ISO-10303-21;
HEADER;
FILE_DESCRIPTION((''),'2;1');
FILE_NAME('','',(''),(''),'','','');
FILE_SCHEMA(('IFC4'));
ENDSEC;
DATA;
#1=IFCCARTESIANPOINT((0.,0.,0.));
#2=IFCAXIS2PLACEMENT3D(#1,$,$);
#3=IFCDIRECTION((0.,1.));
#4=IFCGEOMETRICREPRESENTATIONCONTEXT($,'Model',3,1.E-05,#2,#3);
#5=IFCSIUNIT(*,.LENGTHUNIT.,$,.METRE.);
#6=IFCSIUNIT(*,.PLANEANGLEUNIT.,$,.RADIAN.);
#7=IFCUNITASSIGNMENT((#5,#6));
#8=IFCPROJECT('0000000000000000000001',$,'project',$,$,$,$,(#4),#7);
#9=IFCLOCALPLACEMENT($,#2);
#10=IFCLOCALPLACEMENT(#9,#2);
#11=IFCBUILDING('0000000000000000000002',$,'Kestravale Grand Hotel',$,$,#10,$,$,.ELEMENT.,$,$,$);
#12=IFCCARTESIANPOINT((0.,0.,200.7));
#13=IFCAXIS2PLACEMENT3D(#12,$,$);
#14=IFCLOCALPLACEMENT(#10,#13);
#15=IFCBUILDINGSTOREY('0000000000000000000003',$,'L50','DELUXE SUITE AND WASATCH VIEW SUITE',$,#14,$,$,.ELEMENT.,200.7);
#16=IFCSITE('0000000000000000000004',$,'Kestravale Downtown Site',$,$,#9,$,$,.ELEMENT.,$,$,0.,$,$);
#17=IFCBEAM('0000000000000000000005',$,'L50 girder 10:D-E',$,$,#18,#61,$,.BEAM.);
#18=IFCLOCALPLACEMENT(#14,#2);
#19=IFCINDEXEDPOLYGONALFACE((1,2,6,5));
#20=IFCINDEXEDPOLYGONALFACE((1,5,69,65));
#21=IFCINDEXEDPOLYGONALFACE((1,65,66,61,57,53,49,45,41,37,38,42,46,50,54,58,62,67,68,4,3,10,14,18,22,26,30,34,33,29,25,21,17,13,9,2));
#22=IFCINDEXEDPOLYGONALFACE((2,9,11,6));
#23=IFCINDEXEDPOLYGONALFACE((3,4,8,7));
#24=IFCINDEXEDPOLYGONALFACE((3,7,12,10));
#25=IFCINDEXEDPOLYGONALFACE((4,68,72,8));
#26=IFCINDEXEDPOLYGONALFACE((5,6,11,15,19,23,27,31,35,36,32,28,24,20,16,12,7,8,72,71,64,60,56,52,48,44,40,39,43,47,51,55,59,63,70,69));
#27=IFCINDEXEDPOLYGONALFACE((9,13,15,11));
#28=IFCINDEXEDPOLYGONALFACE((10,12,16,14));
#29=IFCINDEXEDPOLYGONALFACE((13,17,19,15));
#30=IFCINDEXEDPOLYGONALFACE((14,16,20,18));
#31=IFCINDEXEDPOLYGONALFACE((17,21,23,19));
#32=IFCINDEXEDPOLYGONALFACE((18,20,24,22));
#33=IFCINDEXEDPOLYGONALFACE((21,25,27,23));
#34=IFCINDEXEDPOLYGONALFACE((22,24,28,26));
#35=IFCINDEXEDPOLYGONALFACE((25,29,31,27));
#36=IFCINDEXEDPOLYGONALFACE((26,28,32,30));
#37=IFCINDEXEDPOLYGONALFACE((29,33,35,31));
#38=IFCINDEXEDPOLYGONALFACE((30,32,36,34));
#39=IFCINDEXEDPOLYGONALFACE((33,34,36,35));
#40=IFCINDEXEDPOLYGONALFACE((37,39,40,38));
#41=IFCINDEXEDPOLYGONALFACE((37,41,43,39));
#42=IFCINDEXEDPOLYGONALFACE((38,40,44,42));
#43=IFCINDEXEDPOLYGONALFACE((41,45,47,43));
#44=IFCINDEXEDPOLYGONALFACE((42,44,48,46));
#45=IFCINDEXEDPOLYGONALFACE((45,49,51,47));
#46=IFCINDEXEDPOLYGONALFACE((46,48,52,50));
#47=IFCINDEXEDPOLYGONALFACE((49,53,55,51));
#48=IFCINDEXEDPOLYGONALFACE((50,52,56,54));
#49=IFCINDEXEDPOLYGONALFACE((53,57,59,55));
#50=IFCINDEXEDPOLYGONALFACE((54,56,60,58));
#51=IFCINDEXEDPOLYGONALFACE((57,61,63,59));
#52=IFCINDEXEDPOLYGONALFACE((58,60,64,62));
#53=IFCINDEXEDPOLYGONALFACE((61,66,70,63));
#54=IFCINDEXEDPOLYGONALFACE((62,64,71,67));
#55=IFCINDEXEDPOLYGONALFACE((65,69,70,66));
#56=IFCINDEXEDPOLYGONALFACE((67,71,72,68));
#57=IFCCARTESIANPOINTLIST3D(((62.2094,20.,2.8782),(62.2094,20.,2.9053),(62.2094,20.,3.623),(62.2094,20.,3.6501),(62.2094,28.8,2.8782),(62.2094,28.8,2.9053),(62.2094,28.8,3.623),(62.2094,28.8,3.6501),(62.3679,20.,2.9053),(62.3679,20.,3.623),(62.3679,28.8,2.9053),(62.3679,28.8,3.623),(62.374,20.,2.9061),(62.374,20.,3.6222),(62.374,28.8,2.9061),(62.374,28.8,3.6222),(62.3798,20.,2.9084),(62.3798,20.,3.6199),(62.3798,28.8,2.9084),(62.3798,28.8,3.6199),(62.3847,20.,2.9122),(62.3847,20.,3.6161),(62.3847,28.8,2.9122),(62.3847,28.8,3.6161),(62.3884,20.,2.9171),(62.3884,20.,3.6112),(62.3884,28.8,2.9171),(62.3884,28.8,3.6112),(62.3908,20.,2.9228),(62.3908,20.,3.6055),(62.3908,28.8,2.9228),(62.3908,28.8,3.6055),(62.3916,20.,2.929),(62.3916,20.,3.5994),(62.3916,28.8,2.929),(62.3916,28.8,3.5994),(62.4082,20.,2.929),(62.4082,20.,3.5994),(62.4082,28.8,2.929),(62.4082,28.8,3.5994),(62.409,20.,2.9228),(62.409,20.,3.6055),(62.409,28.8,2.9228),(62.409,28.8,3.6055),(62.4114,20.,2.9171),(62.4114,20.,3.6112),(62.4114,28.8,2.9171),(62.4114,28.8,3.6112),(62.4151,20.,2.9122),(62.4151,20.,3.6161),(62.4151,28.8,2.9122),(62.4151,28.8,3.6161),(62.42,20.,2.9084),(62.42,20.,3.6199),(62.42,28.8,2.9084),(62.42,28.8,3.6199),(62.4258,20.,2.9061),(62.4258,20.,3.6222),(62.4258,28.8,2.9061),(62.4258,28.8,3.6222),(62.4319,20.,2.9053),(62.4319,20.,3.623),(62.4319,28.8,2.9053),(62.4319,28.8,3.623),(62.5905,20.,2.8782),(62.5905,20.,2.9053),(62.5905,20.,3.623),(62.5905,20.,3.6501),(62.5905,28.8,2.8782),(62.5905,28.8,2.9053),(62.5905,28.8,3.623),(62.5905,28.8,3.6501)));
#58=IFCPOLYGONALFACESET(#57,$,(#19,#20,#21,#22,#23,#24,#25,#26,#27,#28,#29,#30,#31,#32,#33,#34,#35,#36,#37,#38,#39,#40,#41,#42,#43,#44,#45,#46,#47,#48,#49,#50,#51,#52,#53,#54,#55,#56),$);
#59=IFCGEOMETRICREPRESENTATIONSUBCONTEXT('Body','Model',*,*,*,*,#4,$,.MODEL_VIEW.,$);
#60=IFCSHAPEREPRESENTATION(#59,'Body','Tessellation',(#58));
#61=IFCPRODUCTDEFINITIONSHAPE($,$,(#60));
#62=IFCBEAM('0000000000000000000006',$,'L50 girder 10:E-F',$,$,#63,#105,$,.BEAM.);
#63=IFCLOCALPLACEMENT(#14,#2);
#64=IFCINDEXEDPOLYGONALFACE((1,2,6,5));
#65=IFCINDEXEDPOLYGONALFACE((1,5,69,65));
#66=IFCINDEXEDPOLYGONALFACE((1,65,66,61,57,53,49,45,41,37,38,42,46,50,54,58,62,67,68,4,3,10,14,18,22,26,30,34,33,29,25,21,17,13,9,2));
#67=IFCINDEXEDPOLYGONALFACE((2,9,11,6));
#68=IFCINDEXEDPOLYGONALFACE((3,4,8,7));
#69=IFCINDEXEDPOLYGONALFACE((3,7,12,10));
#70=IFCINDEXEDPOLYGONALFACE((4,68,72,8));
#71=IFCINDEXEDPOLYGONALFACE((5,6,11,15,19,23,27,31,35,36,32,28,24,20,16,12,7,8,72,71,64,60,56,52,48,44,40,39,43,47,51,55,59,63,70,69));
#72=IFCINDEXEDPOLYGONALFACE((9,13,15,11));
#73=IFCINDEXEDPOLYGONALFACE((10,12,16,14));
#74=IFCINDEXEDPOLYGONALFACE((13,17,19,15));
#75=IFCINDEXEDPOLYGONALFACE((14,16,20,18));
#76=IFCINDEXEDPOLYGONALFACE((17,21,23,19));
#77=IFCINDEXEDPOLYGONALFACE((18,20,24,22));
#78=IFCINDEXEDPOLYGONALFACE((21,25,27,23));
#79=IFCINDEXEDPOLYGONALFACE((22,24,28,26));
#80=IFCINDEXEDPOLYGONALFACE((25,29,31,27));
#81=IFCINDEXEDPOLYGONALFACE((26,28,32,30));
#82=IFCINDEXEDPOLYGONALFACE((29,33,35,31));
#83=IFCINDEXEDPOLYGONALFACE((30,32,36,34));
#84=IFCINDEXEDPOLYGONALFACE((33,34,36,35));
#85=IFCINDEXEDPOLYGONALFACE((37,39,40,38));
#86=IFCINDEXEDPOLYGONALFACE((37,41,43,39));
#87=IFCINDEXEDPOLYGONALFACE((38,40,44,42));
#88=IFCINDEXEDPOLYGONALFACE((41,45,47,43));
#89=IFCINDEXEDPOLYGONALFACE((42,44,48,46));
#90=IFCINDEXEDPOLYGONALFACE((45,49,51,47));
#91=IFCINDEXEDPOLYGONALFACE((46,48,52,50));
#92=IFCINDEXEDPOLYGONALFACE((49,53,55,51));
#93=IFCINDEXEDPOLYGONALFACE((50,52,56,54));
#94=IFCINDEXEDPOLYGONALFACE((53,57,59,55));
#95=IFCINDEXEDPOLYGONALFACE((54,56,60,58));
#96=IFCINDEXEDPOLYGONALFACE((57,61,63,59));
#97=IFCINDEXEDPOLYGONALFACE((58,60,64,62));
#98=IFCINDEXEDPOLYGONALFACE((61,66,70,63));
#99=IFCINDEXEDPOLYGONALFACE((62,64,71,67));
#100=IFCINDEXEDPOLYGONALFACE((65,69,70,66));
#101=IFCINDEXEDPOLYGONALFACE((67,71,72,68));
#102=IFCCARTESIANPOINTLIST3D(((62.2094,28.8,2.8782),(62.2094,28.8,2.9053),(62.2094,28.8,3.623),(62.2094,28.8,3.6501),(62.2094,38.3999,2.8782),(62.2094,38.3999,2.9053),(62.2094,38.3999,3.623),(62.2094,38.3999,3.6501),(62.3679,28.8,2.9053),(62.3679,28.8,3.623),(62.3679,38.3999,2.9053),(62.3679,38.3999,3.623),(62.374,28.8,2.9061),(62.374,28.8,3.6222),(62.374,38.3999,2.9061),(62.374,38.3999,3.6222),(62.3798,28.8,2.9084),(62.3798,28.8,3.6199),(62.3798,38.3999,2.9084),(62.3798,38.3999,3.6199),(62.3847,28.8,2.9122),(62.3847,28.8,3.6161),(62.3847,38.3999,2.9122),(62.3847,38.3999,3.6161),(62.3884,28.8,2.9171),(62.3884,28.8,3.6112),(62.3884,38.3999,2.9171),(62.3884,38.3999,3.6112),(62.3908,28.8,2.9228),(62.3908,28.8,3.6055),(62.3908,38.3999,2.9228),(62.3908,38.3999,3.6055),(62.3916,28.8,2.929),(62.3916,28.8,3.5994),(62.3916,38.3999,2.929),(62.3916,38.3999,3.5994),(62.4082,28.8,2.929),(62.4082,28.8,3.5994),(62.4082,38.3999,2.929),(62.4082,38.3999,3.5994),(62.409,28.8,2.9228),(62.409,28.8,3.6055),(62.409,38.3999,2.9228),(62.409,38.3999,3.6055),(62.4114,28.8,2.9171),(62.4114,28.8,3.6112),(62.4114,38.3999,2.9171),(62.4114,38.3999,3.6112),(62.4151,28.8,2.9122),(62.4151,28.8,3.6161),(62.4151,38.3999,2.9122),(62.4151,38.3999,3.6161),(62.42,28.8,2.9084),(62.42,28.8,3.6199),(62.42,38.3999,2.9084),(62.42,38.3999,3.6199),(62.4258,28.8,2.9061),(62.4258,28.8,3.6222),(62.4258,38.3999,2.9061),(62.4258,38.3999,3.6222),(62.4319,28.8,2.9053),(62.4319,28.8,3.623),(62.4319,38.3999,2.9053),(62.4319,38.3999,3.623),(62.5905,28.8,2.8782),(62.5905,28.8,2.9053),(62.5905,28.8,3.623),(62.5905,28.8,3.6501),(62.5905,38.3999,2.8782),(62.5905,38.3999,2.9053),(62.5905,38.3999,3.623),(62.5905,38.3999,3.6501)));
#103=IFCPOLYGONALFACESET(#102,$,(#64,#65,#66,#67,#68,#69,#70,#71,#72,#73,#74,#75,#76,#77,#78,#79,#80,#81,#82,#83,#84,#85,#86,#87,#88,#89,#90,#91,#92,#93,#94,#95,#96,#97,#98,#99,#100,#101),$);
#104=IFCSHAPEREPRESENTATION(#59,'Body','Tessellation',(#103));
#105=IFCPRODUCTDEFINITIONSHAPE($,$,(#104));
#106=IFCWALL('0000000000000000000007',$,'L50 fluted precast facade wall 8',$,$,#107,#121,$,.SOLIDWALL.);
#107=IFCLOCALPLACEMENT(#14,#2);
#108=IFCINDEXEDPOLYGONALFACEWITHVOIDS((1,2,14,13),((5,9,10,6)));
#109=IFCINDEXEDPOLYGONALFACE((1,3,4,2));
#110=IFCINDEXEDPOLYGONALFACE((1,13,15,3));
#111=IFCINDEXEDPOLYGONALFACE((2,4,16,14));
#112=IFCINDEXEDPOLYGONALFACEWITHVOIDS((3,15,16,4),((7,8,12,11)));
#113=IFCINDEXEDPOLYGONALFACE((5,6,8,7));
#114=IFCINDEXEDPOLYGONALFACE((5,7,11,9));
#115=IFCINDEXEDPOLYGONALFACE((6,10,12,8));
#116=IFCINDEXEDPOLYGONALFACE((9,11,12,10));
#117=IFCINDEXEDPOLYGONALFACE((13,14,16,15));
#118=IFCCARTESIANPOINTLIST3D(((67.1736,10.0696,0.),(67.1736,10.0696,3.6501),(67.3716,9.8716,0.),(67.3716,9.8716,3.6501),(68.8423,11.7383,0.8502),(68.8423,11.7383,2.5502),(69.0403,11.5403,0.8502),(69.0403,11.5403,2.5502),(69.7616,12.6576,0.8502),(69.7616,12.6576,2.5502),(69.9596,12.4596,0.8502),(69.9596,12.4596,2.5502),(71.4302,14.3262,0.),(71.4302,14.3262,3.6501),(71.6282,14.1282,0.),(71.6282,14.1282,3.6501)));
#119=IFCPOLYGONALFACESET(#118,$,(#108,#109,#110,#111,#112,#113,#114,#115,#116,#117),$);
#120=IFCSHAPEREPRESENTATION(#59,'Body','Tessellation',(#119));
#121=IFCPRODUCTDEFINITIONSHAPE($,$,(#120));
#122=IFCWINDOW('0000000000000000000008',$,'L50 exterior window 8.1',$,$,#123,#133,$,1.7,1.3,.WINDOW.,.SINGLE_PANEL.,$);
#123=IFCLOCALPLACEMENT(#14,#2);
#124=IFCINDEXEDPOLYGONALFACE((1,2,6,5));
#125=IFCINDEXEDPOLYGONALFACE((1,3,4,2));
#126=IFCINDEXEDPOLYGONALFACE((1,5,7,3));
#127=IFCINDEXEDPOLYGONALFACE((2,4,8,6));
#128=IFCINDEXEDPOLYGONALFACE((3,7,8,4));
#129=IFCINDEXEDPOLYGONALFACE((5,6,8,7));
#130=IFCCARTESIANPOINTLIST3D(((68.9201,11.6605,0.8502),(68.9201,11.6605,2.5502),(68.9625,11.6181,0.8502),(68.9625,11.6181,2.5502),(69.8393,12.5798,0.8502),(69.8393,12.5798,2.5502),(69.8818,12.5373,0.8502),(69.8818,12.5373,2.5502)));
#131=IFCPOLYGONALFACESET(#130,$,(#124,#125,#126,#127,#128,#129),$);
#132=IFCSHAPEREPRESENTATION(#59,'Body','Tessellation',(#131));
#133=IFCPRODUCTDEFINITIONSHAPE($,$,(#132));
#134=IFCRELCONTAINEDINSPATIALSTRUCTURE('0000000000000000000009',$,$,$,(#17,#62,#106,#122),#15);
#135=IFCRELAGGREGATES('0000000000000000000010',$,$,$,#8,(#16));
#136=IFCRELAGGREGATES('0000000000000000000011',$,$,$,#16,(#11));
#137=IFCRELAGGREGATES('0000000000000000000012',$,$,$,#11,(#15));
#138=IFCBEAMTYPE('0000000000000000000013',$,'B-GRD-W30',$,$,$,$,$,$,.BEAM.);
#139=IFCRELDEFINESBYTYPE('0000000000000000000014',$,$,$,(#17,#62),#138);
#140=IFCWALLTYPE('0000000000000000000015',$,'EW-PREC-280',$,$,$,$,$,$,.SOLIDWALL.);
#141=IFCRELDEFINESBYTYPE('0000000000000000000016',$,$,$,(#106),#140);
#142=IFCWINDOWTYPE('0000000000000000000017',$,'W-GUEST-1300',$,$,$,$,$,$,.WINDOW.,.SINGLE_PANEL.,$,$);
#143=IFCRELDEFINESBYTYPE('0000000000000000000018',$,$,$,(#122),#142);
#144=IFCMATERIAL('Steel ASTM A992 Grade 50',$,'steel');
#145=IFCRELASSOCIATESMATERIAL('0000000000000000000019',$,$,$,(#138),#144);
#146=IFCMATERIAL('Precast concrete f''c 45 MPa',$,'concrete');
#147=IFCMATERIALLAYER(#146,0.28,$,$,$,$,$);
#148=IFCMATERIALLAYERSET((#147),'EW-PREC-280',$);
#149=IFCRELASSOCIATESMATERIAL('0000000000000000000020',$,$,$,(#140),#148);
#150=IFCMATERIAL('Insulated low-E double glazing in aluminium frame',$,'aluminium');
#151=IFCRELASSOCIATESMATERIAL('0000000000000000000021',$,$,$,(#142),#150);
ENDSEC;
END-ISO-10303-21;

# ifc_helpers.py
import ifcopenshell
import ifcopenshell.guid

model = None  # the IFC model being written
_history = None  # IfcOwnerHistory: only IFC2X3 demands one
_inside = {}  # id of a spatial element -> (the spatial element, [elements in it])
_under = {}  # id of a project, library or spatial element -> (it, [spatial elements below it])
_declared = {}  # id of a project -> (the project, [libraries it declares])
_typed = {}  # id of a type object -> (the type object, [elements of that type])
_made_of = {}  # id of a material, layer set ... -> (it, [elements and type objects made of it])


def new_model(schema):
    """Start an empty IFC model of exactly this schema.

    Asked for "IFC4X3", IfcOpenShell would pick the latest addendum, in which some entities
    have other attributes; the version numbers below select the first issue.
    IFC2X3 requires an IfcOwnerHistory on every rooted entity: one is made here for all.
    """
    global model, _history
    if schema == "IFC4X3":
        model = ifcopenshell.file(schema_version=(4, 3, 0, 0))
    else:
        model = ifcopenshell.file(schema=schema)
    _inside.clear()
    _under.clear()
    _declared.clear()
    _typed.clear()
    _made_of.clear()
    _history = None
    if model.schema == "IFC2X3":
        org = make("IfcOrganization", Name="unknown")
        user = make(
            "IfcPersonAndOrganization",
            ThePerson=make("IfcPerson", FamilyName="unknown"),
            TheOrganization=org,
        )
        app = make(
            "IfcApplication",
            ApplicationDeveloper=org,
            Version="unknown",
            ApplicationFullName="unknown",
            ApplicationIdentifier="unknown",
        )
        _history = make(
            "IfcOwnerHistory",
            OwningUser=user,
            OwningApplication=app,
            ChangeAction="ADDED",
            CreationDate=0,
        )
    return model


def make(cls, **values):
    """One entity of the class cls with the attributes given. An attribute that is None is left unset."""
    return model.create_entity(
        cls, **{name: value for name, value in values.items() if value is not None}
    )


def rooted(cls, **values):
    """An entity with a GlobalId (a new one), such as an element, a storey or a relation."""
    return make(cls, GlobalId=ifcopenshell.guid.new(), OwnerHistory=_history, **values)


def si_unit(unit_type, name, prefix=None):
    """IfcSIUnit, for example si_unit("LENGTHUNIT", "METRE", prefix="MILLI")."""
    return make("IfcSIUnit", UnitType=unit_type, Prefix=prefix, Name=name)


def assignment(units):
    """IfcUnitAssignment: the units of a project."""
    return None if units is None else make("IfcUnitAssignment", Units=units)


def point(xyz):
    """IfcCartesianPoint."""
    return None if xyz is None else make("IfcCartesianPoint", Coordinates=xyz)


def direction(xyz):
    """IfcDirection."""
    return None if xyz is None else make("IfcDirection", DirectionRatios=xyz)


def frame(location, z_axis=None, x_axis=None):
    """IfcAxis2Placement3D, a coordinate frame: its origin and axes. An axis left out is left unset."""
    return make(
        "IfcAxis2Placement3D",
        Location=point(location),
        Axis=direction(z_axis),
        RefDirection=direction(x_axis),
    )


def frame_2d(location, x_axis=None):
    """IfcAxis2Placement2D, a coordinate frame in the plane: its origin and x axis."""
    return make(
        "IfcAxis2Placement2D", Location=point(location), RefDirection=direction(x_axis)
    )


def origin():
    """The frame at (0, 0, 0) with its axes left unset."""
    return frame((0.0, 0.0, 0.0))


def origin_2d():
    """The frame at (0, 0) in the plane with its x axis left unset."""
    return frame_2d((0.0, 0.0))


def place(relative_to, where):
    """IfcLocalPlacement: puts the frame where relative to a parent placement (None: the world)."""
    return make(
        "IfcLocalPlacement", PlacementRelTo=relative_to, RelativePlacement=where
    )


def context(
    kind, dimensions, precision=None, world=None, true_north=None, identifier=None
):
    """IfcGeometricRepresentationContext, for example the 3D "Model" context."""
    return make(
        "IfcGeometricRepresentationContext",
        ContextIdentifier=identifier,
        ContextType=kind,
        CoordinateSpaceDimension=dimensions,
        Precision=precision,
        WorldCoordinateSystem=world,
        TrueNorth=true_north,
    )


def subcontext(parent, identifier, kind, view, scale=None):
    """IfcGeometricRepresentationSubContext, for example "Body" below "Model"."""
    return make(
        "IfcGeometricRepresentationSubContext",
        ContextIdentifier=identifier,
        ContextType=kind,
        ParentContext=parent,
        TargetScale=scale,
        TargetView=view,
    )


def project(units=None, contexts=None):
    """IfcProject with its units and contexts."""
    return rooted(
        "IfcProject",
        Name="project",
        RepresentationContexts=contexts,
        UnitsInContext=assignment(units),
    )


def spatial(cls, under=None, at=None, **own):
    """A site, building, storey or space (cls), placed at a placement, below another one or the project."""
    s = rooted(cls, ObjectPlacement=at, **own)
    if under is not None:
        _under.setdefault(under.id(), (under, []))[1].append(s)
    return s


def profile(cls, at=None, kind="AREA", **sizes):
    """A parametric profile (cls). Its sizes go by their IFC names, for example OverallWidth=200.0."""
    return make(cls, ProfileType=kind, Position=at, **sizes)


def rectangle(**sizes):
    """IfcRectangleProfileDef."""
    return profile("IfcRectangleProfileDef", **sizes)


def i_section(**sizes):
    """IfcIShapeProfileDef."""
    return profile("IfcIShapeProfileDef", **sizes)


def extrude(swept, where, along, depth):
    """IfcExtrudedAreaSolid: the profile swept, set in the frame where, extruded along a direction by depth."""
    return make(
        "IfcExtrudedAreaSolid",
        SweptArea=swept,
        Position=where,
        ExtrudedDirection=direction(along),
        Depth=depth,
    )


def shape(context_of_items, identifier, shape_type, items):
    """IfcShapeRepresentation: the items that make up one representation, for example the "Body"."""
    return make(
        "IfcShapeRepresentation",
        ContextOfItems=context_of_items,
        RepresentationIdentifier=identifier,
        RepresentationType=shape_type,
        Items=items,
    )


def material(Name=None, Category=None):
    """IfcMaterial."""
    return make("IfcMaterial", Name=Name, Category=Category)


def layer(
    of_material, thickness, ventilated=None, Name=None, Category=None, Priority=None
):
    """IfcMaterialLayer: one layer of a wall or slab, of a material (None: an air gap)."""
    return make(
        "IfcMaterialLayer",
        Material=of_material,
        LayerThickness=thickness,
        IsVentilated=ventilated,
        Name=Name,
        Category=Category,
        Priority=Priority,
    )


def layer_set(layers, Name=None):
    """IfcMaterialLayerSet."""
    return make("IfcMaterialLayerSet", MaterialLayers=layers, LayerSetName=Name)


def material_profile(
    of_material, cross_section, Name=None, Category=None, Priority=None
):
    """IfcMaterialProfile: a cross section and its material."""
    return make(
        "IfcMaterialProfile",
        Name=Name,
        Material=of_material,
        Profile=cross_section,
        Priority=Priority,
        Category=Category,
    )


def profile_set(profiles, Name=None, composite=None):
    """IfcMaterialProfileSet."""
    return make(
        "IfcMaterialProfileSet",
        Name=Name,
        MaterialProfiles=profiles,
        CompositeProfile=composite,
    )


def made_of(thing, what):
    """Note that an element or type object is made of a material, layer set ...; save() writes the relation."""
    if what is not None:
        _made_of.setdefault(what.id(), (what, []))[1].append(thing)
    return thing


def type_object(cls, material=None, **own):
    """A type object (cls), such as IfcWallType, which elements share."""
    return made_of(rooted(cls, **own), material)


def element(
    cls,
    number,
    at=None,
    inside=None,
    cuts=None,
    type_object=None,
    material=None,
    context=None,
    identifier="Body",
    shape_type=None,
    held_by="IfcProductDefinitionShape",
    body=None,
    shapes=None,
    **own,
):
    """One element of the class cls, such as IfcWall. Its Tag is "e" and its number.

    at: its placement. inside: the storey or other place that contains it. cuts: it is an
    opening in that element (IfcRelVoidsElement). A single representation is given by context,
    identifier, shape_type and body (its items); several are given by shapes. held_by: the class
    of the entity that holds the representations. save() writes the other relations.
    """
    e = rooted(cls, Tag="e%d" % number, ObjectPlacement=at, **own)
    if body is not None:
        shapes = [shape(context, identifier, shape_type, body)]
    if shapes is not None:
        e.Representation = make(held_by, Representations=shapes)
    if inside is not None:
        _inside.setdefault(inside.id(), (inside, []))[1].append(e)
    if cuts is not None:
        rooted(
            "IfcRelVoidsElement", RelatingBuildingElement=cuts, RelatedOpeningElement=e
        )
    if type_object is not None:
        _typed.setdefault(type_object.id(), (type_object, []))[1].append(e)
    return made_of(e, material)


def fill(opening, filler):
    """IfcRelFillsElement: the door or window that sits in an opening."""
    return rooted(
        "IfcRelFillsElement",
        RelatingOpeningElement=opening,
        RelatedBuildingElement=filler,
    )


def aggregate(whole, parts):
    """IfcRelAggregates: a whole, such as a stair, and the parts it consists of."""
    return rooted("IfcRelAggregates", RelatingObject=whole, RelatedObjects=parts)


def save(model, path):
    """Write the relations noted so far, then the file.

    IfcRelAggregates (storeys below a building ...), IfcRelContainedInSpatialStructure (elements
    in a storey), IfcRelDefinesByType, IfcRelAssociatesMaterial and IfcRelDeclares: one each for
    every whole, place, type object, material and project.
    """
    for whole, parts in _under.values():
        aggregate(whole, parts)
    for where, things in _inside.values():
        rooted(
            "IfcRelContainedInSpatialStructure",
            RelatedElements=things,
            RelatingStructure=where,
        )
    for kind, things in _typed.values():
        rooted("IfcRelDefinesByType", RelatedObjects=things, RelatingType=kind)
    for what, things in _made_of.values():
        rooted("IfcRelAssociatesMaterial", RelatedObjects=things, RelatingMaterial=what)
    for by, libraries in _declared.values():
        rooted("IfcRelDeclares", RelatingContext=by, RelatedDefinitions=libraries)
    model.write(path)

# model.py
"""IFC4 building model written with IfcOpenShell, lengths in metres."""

from ifc_helpers import new_model, si_unit, direction, frame, frame_2d, origin, origin_2d, place, context, subcontext, project, spatial, rectangle, i_section, extrude, material, layer, layer_set, material_profile, profile_set, type_object, element, fill, save


model = new_model("IFC4")

# Units and contexts
model_context = context("Model", 3, precision=1e-05, world=origin(), true_north=direction((0.0, 1.0)))
body_context = subcontext(model_context, "Body", "Model", "MODEL_VIEW")
ifc_project = project(units=[si_unit("LENGTHUNIT", "METRE"), si_unit("PLANEANGLEUNIT", "RADIAN")], contexts=[model_context])

# Site, building, storey
site_placement = place(None, origin())
site = spatial("IfcSite", under=ifc_project, at=site_placement, Name="Kestravale Downtown Site", CompositionType="ELEMENT", RefElevation=0.0)
building_placement = place(site_placement, origin())
building = spatial("IfcBuilding", under=site, at=building_placement, Name="Kestravale Grand Hotel", CompositionType="ELEMENT")
storey_placement = place(building_placement, frame((0.0, 0.0, 200.7)))
storey = spatial("IfcBuildingStorey", under=building, at=storey_placement, Name="L50", Description="DELUXE SUITE AND WASATCH VIEW SUITE", CompositionType="ELEMENT", Elevation=200.7)

# Beams
ifc_material_1 = material(Name="Steel ASTM A992 Grade 50", Category="steel")
ifc_material_profile_1 = material_profile(ifc_material_1, i_section(OverallWidth=0.3811, OverallDepth=0.772, WebThickness=0.0166, FlangeThickness=0.0271, FilletRadius=0.0237, at=origin_2d()))
ifc_profile_set_1 = profile_set([ifc_material_profile_1], Name="Steel ASTM A992 Grade 50")
beam_type_1 = type_object("IfcBeamType", Name="B-GRD-W30", PredefinedType="BEAM", material=ifc_profile_set_1)
beam_1_placement = place(storey_placement, frame((62.3999, 20.0, 3.2642), z_axis=(0.0, 1.0, 0.0), x_axis=(-1.0, 0.0, 0.0)))
element("IfcBeam", 1, at=beam_1_placement, inside=storey, type_object=beam_type_1, Name="L50 girder 10:D-E", PredefinedType="BEAM", context=body_context, shape_type="SweptSolid", body=[
    extrude(i_section(OverallWidth=0.3811, OverallDepth=0.772, WebThickness=0.0166, FlangeThickness=0.0271, FilletRadius=0.0237, at=origin_2d()), origin(), (0.0, 0.0, 1.0), 8.8),
])
beam_2_placement = place(storey_placement, frame((62.3999, 28.8, 3.2642), z_axis=(0.0, 1.0, 0.0), x_axis=(-1.0, 0.0, 0.0)))
element("IfcBeam", 2, at=beam_2_placement, inside=storey, type_object=beam_type_1, Name="L50 girder 10:E-F", PredefinedType="BEAM", context=body_context, shape_type="SweptSolid", body=[
    extrude(i_section(OverallWidth=0.3811, OverallDepth=0.772, WebThickness=0.0166, FlangeThickness=0.0271, FilletRadius=0.0237, at=origin_2d()), origin(), (0.0, 0.0, 1.0), 9.5999),
])

# Wall, opening, window
ifc_material_2 = material(Name="Precast concrete f'c 45 MPa", Category="concrete")
ifc_layer_1 = layer(ifc_material_2, 0.28)
ifc_layer_set_1 = layer_set([ifc_layer_1], Name="EW-PREC-280")
wall_type_1 = type_object("IfcWallType", Name="EW-PREC-280", PredefinedType="SOLIDWALL", material=ifc_layer_set_1)
wall_1_placement = place(storey_placement, frame((67.2727, 9.9707, 0.0), z_axis=(0.0, 0.0, 1.0), x_axis=(0.707107, 0.707107, 0.0)))
wall_1 = element("IfcWall", 3, at=wall_1_placement, inside=storey, type_object=wall_type_1, Name="L50 fluted precast facade wall 8", PredefinedType="SOLIDWALL", context=body_context, shape_type="SweptSolid", body=[
    extrude(rectangle(XDim=6.0198, YDim=0.28, at=frame_2d((3.0098, 0.0))), origin(), (0.0, 0.0, 1.0), 3.6501),
])
opening_1_placement = place(wall_1_placement, frame((2.3599, 0.0, 0.8501)))
opening_1 = element("IfcOpeningElement", 4, at=opening_1_placement, cuts=wall_1, PredefinedType="OPENING", context=body_context, shape_type="SweptSolid", body=[
    extrude(rectangle(XDim=1.3, YDim=1.7, at=frame_2d((0.6499, 0.8501))), frame((0.0, 0.1499, 0.0), z_axis=(0.0, -1.0, 0.0), x_axis=(1.0, 0.0, 0.0)), (0.0, 0.0, 1.0), 0.3),
])
ifc_material_3 = material(Name="Insulated low-E double glazing in aluminium frame", Category="aluminium")
window_type = type_object("IfcWindowType", Name="W-GUEST-1300", PartitioningType="SINGLE_PANEL", PredefinedType="WINDOW", material=ifc_material_3)
window_1_placement = place(opening_1_placement, origin())
window_1 = element("IfcWindow", 5, at=window_1_placement, inside=storey, type_object=window_type, Name="L50 exterior window 8.1", OverallHeight=1.7, OverallWidth=1.3, PartitioningType="SINGLE_PANEL", PredefinedType="WINDOW", context=body_context, shape_type="SweptSolid", body=[
    extrude(rectangle(XDim=1.3, YDim=1.7, at=frame_2d((0.6499, 0.8501))), frame((0.0, 0.03, 0.0), z_axis=(0.0, -1.0, 0.0), x_axis=(1.0, 0.0, 0.0)), (0.0, 0.0, 1.0), 0.0601),
])
fill(opening_1, window_1)

save(model, "model.ifc")
